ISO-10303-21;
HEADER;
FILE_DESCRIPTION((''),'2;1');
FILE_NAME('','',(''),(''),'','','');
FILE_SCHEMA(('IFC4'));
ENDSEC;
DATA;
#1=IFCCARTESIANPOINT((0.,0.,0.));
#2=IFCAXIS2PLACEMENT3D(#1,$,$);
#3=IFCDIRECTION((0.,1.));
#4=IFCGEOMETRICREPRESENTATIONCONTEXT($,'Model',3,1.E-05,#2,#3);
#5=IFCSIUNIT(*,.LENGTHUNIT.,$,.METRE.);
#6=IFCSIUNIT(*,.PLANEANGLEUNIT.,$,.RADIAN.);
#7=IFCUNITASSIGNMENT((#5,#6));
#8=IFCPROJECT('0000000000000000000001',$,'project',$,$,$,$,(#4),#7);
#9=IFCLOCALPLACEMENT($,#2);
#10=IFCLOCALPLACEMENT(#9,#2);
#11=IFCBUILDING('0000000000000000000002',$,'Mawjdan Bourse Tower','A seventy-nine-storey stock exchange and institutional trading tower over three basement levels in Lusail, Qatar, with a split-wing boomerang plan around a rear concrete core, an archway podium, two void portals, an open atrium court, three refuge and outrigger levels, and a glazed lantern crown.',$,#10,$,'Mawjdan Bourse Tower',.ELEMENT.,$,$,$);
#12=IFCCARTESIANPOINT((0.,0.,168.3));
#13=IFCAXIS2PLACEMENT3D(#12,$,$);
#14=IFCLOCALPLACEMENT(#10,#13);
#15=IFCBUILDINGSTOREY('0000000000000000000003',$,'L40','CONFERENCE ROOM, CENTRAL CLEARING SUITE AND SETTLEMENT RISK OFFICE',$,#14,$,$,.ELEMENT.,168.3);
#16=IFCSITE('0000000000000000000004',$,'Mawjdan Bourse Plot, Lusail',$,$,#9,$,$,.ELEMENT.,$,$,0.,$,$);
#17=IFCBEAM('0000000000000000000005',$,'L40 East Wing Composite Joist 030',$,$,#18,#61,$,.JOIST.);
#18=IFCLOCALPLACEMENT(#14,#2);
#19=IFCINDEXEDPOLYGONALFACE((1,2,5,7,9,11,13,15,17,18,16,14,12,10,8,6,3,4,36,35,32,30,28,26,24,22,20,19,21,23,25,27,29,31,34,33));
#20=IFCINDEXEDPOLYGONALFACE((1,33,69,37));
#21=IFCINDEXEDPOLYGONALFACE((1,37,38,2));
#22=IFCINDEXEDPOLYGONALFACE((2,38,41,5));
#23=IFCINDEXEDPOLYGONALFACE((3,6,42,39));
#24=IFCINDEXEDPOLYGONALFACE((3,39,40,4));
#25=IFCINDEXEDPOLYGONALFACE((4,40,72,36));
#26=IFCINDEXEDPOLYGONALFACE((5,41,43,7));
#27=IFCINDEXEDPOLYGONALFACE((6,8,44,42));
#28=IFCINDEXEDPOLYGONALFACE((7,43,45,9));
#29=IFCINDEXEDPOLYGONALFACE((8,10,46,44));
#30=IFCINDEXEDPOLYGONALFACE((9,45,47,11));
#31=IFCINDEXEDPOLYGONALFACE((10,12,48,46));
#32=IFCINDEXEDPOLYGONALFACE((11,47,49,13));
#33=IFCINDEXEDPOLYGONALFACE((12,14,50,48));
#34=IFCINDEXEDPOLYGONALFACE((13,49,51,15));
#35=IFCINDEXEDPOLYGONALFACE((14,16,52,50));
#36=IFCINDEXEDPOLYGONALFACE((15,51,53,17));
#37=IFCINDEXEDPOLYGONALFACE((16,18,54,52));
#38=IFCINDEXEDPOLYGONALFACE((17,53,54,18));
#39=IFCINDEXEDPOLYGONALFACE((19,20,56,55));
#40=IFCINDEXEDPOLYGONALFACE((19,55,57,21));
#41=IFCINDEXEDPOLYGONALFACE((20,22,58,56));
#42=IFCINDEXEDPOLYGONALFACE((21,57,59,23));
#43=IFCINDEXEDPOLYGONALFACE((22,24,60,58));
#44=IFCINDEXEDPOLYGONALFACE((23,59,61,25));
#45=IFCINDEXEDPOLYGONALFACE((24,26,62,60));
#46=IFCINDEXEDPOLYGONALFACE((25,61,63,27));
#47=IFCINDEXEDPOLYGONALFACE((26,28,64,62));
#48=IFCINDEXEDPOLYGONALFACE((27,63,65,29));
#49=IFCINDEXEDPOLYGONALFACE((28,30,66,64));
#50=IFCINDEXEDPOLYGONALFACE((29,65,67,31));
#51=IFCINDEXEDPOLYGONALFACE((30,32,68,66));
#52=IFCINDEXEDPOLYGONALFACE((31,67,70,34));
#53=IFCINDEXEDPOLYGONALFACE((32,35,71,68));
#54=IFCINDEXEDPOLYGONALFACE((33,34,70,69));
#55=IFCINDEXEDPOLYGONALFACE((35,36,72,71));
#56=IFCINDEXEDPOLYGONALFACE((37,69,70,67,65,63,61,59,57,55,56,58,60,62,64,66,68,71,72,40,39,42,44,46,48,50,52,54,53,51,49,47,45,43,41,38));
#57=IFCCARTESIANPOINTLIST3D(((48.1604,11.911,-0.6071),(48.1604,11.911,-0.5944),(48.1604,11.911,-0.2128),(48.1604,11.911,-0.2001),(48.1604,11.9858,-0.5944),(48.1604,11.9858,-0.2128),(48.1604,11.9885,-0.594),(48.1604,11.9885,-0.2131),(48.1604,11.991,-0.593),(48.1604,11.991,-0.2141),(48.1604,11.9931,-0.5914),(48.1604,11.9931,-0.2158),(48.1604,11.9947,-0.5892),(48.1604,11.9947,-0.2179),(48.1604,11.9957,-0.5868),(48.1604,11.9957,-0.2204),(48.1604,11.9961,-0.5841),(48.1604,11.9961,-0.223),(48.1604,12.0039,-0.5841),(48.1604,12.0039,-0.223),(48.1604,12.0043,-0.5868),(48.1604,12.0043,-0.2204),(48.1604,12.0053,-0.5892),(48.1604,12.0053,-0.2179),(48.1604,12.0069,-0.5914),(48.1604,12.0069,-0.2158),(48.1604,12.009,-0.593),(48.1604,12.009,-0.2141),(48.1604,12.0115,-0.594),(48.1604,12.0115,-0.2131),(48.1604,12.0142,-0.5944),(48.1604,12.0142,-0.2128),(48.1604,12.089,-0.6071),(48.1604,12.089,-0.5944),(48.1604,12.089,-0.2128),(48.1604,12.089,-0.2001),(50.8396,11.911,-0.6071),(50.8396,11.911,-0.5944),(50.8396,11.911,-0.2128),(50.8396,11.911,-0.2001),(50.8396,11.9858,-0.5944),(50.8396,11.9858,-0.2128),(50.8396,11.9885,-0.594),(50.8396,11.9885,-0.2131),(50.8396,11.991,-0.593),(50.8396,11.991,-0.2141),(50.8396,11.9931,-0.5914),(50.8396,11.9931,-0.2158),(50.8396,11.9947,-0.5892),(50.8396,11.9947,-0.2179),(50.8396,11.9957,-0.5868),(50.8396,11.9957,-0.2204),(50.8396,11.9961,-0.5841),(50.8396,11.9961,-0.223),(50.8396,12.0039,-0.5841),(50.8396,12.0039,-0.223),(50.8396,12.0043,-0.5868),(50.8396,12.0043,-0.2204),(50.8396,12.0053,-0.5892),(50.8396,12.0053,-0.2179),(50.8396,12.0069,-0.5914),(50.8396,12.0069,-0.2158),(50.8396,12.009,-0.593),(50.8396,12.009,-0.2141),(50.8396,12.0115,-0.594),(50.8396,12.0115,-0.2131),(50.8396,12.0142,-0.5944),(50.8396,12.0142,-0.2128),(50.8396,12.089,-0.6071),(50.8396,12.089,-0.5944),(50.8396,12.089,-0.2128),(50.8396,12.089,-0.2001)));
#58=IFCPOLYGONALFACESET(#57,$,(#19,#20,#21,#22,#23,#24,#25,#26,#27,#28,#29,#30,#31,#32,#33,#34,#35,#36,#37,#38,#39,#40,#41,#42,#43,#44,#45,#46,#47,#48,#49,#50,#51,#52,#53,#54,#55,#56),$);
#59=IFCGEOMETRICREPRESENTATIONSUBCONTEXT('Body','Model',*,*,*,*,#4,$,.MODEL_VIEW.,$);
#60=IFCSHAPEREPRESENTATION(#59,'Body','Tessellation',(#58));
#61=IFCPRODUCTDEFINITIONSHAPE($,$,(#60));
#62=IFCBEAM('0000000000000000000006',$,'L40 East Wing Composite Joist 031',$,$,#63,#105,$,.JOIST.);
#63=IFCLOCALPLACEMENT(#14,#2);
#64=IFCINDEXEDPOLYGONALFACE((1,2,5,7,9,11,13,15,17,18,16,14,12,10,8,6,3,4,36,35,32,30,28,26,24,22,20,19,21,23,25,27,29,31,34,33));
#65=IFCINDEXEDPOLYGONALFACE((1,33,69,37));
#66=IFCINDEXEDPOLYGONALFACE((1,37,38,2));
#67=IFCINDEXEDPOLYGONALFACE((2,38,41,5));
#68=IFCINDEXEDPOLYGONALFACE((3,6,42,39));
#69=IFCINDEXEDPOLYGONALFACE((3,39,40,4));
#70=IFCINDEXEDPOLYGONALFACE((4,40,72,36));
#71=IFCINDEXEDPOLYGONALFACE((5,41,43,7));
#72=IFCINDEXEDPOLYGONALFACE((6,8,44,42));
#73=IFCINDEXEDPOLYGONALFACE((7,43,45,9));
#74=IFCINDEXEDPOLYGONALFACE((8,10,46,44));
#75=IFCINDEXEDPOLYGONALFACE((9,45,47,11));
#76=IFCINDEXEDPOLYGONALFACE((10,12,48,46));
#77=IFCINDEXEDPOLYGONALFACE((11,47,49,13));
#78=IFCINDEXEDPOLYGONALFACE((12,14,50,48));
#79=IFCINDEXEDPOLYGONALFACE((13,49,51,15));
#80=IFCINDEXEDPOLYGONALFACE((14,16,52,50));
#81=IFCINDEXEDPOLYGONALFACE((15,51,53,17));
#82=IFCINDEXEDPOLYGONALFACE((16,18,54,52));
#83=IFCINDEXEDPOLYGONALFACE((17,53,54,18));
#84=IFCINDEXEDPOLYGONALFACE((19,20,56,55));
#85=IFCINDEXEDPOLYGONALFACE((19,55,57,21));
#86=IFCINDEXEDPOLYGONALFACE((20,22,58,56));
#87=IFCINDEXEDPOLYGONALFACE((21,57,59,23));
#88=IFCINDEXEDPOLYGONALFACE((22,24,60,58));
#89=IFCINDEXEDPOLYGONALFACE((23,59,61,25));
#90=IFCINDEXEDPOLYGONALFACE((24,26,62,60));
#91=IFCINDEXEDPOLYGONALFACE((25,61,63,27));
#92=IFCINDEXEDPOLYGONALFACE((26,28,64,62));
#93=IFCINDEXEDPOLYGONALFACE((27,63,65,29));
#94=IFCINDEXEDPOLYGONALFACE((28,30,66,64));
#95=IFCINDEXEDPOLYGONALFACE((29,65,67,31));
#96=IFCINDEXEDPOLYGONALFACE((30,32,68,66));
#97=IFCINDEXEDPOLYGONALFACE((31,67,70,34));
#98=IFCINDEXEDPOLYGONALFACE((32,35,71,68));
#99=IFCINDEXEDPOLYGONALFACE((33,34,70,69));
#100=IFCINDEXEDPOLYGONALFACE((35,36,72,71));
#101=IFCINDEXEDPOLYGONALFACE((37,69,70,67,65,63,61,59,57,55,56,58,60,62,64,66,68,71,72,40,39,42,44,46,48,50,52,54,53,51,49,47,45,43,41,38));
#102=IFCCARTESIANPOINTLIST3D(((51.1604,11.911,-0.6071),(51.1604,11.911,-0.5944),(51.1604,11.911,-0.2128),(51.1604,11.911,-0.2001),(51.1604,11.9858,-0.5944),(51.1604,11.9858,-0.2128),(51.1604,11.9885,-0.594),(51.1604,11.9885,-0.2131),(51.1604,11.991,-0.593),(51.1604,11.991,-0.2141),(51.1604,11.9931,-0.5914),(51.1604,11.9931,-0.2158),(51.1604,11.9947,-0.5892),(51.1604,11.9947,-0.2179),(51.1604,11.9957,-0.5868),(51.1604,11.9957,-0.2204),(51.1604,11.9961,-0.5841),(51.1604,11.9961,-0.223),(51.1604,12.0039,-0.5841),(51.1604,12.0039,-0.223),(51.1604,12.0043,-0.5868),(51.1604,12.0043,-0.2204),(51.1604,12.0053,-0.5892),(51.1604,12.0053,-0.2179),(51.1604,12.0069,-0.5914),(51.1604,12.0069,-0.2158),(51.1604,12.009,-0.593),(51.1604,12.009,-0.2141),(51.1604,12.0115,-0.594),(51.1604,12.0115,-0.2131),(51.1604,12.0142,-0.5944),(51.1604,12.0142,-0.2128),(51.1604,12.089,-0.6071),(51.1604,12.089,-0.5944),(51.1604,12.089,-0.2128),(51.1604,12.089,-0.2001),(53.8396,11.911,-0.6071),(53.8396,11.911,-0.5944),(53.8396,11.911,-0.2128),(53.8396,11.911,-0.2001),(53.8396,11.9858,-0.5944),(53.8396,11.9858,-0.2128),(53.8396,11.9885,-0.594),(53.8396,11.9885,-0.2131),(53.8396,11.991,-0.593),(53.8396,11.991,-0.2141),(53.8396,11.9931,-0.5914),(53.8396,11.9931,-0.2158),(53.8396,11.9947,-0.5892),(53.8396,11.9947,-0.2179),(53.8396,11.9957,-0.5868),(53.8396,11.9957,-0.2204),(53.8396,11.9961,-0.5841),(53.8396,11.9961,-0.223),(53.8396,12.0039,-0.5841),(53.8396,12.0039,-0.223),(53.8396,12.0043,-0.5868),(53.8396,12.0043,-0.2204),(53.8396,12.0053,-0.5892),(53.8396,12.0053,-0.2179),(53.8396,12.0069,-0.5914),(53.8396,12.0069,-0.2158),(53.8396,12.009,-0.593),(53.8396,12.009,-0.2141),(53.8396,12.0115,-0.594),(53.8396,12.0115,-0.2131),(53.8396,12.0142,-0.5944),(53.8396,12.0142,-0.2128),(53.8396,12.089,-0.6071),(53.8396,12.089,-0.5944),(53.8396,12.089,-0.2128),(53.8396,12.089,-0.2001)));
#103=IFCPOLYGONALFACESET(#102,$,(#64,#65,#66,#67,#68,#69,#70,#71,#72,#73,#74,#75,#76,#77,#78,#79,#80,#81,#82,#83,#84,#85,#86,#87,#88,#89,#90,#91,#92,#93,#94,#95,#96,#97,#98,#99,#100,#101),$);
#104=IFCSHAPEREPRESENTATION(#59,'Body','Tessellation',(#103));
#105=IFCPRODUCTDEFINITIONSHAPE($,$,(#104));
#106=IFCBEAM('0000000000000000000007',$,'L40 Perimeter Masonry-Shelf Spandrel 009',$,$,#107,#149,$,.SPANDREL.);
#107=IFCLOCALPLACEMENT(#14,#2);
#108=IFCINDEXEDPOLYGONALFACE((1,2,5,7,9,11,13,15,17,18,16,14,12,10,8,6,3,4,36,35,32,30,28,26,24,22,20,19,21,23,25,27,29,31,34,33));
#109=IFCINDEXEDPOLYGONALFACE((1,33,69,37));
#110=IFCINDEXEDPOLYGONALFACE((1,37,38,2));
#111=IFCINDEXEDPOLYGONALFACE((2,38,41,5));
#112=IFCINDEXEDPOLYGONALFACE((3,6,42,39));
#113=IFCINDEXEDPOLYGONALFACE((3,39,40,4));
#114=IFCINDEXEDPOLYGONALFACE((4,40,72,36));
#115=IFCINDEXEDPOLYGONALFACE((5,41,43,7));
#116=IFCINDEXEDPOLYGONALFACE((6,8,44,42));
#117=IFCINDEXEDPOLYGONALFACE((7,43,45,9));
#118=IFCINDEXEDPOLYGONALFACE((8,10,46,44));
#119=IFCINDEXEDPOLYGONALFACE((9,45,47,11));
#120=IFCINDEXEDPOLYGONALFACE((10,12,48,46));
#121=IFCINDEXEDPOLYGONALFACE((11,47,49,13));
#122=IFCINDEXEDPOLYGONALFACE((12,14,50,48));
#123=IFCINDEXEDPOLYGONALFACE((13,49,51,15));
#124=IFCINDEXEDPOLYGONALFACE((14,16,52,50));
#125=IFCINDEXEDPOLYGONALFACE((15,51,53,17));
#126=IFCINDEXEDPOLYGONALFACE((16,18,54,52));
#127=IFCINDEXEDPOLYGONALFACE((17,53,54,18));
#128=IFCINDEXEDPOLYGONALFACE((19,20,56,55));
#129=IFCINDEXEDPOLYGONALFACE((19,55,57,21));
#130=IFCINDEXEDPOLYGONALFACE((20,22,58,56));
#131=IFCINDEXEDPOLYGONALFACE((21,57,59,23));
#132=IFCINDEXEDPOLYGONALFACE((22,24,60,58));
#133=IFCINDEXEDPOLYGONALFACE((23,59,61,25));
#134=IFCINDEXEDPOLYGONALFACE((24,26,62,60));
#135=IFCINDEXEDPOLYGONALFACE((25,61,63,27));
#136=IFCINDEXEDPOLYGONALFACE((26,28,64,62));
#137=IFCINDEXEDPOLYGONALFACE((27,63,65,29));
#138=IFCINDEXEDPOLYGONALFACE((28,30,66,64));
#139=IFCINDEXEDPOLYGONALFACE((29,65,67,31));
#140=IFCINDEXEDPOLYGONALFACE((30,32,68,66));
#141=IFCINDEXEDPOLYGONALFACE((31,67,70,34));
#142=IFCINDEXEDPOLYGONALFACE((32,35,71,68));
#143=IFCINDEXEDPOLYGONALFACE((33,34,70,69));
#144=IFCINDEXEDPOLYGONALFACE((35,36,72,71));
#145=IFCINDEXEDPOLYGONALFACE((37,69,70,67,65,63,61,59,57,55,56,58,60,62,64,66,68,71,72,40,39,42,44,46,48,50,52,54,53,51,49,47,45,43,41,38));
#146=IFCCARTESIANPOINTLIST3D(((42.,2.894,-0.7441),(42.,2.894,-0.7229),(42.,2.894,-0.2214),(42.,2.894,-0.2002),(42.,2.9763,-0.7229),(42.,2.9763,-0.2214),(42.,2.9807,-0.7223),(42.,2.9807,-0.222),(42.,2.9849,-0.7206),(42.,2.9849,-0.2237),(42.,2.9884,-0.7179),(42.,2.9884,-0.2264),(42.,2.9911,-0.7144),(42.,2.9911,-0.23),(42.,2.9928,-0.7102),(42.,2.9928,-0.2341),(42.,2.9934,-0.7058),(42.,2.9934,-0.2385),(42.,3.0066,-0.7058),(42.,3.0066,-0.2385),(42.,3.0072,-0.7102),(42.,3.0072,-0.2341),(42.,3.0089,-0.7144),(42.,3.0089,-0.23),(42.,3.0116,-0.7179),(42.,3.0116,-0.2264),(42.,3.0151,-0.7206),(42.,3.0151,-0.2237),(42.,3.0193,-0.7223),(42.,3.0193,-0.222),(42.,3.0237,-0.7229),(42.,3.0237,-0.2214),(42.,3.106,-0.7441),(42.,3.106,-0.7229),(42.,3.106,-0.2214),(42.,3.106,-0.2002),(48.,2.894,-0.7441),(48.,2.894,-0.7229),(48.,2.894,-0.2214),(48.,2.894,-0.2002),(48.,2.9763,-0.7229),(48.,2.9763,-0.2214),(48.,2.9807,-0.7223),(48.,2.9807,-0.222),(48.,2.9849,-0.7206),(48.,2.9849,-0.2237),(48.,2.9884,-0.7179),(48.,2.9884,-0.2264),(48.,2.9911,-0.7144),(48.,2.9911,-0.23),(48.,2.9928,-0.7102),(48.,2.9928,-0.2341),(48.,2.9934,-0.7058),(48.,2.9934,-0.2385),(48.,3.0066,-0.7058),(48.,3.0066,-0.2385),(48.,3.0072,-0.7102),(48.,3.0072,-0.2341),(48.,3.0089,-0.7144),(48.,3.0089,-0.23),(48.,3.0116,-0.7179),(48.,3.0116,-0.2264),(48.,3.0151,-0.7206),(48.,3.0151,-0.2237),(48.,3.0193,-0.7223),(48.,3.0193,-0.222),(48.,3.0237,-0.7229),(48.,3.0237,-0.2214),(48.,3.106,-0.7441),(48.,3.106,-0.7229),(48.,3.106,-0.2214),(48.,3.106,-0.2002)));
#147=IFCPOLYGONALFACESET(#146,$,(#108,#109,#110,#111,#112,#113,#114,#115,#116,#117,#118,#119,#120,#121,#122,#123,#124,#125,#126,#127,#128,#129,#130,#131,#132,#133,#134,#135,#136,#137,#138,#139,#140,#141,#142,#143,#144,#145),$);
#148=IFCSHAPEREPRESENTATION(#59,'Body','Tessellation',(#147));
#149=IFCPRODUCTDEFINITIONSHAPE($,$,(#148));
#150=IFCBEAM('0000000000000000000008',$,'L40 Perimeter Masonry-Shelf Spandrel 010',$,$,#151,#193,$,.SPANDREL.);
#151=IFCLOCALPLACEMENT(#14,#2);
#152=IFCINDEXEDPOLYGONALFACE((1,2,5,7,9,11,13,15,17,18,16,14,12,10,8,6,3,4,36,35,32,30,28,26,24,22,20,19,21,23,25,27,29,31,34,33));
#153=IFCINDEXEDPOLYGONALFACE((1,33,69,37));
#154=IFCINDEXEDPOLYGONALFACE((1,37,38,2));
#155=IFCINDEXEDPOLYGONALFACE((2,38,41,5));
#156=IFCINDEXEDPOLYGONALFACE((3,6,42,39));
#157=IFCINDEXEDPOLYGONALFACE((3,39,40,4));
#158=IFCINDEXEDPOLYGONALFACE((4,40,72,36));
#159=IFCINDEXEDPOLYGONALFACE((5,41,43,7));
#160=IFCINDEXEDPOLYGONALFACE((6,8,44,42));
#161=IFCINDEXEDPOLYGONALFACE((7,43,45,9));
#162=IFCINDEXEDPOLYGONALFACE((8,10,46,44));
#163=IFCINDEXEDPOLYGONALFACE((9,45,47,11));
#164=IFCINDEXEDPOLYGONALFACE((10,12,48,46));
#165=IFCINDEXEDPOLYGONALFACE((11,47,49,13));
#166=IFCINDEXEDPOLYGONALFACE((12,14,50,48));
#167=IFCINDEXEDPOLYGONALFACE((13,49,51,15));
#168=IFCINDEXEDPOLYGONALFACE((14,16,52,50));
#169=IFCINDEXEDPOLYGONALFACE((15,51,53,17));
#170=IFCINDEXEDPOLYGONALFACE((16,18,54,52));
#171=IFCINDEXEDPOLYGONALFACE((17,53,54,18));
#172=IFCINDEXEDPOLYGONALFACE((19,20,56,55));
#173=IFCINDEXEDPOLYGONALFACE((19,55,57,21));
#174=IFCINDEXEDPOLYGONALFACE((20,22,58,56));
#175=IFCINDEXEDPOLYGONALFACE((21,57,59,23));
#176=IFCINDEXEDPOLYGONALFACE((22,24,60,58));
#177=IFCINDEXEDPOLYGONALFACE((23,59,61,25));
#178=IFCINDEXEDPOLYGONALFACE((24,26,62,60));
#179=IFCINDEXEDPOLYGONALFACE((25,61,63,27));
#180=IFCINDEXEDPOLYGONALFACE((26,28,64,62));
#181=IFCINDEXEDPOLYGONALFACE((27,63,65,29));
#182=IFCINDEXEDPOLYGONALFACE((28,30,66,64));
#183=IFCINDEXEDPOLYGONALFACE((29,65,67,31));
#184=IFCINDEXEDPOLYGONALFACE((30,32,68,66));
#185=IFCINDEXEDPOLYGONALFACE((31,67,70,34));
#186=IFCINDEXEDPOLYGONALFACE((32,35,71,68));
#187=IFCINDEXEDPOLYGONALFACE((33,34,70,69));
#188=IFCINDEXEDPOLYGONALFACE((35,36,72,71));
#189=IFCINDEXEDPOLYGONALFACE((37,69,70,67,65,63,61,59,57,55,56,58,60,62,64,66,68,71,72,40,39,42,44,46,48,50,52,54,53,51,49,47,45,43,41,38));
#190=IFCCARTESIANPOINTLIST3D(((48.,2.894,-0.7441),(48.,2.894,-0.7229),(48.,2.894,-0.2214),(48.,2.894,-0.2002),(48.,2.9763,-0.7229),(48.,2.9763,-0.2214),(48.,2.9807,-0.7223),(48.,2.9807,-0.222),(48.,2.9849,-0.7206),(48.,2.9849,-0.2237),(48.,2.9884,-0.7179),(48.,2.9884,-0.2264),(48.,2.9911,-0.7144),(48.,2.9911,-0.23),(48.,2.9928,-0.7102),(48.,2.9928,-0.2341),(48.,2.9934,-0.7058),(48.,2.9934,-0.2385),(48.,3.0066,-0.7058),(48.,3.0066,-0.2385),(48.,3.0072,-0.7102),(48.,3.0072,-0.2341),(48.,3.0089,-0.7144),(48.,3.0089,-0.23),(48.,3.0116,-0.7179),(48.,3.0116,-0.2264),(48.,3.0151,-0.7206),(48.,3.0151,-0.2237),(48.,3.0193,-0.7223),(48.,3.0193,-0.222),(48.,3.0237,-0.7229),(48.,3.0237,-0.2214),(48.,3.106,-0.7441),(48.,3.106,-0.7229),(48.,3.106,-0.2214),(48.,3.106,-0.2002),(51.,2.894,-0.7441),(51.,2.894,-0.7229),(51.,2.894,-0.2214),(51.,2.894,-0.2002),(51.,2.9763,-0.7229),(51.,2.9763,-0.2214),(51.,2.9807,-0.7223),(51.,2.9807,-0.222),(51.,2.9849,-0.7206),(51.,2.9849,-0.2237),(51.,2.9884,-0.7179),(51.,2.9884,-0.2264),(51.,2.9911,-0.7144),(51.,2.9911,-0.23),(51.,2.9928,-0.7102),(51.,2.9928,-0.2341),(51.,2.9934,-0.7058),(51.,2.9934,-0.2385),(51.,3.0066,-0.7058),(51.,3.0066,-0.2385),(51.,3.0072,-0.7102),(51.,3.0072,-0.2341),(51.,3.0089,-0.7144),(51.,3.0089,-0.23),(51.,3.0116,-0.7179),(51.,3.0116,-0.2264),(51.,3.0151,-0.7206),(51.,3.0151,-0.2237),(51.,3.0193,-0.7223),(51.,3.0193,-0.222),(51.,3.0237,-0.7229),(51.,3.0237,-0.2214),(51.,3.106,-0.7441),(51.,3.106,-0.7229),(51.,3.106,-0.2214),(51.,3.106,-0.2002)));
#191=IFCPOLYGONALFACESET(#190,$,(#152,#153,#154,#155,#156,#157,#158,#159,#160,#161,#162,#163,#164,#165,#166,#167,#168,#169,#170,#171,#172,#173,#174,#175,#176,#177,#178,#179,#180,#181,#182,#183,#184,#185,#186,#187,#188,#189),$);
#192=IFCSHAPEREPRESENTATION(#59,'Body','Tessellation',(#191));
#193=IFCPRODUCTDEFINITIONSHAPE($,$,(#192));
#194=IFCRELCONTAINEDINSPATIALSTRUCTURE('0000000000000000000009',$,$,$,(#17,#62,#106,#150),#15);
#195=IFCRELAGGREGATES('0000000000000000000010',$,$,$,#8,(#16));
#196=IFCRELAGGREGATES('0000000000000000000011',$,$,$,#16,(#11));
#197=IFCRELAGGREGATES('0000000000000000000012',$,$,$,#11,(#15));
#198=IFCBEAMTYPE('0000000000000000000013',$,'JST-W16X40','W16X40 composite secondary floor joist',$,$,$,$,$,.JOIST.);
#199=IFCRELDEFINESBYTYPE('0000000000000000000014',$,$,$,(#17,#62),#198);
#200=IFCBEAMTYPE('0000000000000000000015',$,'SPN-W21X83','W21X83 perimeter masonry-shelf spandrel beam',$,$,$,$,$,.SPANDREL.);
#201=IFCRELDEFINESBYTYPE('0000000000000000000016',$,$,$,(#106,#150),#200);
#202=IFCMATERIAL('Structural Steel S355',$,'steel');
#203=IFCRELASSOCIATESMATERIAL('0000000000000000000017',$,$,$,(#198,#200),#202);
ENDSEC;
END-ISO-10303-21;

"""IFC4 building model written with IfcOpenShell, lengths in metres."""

from ifc_helpers import new_model, si_unit, direction, frame, origin, origin_2d, place, context, subcontext, project, spatial, i_section, extrude, material, material_profile, profile_set, type_object, element, save


model = new_model("IFC4")

# Units and contexts
model_context = context("Model", 3, precision=1e-05, world=origin(), true_north=direction((0.0, 1.0)))
body_context = subcontext(model_context, "Body", "Model", "MODEL_VIEW")
ifc_project = project(units=[si_unit("LENGTHUNIT", "METRE"), si_unit("PLANEANGLEUNIT", "RADIAN")], contexts=[model_context])

# Site, building, storey
site_placement = place(None, origin())
site = spatial("IfcSite", under=ifc_project, at=site_placement, Name="Mawjdan Bourse Plot, Lusail", CompositionType="ELEMENT", RefElevation=0.0)
building_placement = place(site_placement, origin())
building = spatial("IfcBuilding", under=site, at=building_placement, Name="Mawjdan Bourse Tower", Description="A seventy-nine-storey stock exchange and institutional trading tower over three basement levels in Lusail, Qatar, with a split-wing boomerang plan around a rear concrete core, an archway podium, two void portals, an open atrium court, three refuge and outrigger levels, and a glazed lantern crown.", LongName="Mawjdan Bourse Tower", CompositionType="ELEMENT")
storey_placement = place(building_placement, frame((0.0, 0.0, 168.3)))
storey = spatial("IfcBuildingStorey", under=building, at=storey_placement, Name="L40", Description="CONFERENCE ROOM, CENTRAL CLEARING SUITE AND SETTLEMENT RISK OFFICE", CompositionType="ELEMENT", Elevation=168.3)

# Beams
ifc_material_1 = material(Name="Structural Steel S355", Category="steel")
ifc_material_profile_1 = material_profile(ifc_material_1, i_section(OverallWidth=0.178, OverallDepth=0.407, WebThickness=0.0078, FlangeThickness=0.0127, FilletRadius=0.0103, at=origin_2d()), Name="W16X40")
ifc_profile_set_1 = profile_set([ifc_material_profile_1], Name="Structural Steel S355")
beam_type_1 = type_object("IfcBeamType", Name="JST-W16X40", Description="W16X40 composite secondary floor joist", PredefinedType="JOIST", material=ifc_profile_set_1)
for number, where, z_axis, x_axis, name in (
    (1, (48.1604, 12.0, -0.4036), (1.0, 0.0, 0.0), (0.0, 1.0, 0.0), "L40 East Wing Composite Joist 030"),
    (2, (51.1604, 12.0, -0.4036), (1.0, 0.0, 0.0), (0.0, 1.0, 0.0), "L40 East Wing Composite Joist 031"),
):
    element("IfcBeam", number, at=place(storey_placement, frame(where, z_axis=z_axis, x_axis=x_axis)), inside=storey, type_object=beam_type_1, Name=name, PredefinedType="JOIST", context=body_context, shape_type="SweptSolid", body=[
        extrude(i_section(OverallWidth=0.178, OverallDepth=0.407, WebThickness=0.0078, FlangeThickness=0.0127, FilletRadius=0.0103, at=origin_2d()), origin(), (0.0, 0.0, 1.0), 2.6792),
    ])
ifc_material_profile_2 = material_profile(ifc_material_1, i_section(OverallWidth=0.2119, OverallDepth=0.5439, WebThickness=0.0132, FlangeThickness=0.0212, FilletRadius=0.0171, at=origin_2d()), Name="W21X83")
ifc_profile_set_2 = profile_set([ifc_material_profile_2], Name="Structural Steel S355")
beam_type_2 = type_object("IfcBeamType", Name="SPN-W21X83", Description="W21X83 perimeter masonry-shelf spandrel beam", PredefinedType="SPANDREL", material=ifc_profile_set_2)
beam_1_placement = place(storey_placement, frame((42.0, 3.0, -0.4722), z_axis=(1.0, 0.0, 0.0), x_axis=(0.0, 1.0, 0.0)))
element("IfcBeam", 3, at=beam_1_placement, inside=storey, type_object=beam_type_2, Name="L40 Perimeter Masonry-Shelf Spandrel 009", PredefinedType="SPANDREL", context=body_context, shape_type="SweptSolid", body=[
    extrude(i_section(OverallWidth=0.2119, OverallDepth=0.5439, WebThickness=0.0132, FlangeThickness=0.0212, FilletRadius=0.0171, at=origin_2d()), origin(), (0.0, 0.0, 1.0), 6.0),
])
for number, where, z_axis, x_axis, name in (
    (4, (48.0, 3.0, -0.4722), (1.0, 0.0, 0.0), (0.0, 1.0, 0.0), "L40 Perimeter Masonry-Shelf Spandrel 010"),
):
    element("IfcBeam", number, at=place(storey_placement, frame(where, z_axis=z_axis, x_axis=x_axis)), inside=storey, type_object=beam_type_2, Name=name, PredefinedType="SPANDREL", context=body_context, shape_type="SweptSolid", body=[
        extrude(i_section(OverallWidth=0.2119, OverallDepth=0.5439, WebThickness=0.0132, FlangeThickness=0.0212, FilletRadius=0.0171, at=origin_2d()), origin(), (0.0, 0.0, 1.0), 3.0),
    ])

save(model, "model.ifc")
